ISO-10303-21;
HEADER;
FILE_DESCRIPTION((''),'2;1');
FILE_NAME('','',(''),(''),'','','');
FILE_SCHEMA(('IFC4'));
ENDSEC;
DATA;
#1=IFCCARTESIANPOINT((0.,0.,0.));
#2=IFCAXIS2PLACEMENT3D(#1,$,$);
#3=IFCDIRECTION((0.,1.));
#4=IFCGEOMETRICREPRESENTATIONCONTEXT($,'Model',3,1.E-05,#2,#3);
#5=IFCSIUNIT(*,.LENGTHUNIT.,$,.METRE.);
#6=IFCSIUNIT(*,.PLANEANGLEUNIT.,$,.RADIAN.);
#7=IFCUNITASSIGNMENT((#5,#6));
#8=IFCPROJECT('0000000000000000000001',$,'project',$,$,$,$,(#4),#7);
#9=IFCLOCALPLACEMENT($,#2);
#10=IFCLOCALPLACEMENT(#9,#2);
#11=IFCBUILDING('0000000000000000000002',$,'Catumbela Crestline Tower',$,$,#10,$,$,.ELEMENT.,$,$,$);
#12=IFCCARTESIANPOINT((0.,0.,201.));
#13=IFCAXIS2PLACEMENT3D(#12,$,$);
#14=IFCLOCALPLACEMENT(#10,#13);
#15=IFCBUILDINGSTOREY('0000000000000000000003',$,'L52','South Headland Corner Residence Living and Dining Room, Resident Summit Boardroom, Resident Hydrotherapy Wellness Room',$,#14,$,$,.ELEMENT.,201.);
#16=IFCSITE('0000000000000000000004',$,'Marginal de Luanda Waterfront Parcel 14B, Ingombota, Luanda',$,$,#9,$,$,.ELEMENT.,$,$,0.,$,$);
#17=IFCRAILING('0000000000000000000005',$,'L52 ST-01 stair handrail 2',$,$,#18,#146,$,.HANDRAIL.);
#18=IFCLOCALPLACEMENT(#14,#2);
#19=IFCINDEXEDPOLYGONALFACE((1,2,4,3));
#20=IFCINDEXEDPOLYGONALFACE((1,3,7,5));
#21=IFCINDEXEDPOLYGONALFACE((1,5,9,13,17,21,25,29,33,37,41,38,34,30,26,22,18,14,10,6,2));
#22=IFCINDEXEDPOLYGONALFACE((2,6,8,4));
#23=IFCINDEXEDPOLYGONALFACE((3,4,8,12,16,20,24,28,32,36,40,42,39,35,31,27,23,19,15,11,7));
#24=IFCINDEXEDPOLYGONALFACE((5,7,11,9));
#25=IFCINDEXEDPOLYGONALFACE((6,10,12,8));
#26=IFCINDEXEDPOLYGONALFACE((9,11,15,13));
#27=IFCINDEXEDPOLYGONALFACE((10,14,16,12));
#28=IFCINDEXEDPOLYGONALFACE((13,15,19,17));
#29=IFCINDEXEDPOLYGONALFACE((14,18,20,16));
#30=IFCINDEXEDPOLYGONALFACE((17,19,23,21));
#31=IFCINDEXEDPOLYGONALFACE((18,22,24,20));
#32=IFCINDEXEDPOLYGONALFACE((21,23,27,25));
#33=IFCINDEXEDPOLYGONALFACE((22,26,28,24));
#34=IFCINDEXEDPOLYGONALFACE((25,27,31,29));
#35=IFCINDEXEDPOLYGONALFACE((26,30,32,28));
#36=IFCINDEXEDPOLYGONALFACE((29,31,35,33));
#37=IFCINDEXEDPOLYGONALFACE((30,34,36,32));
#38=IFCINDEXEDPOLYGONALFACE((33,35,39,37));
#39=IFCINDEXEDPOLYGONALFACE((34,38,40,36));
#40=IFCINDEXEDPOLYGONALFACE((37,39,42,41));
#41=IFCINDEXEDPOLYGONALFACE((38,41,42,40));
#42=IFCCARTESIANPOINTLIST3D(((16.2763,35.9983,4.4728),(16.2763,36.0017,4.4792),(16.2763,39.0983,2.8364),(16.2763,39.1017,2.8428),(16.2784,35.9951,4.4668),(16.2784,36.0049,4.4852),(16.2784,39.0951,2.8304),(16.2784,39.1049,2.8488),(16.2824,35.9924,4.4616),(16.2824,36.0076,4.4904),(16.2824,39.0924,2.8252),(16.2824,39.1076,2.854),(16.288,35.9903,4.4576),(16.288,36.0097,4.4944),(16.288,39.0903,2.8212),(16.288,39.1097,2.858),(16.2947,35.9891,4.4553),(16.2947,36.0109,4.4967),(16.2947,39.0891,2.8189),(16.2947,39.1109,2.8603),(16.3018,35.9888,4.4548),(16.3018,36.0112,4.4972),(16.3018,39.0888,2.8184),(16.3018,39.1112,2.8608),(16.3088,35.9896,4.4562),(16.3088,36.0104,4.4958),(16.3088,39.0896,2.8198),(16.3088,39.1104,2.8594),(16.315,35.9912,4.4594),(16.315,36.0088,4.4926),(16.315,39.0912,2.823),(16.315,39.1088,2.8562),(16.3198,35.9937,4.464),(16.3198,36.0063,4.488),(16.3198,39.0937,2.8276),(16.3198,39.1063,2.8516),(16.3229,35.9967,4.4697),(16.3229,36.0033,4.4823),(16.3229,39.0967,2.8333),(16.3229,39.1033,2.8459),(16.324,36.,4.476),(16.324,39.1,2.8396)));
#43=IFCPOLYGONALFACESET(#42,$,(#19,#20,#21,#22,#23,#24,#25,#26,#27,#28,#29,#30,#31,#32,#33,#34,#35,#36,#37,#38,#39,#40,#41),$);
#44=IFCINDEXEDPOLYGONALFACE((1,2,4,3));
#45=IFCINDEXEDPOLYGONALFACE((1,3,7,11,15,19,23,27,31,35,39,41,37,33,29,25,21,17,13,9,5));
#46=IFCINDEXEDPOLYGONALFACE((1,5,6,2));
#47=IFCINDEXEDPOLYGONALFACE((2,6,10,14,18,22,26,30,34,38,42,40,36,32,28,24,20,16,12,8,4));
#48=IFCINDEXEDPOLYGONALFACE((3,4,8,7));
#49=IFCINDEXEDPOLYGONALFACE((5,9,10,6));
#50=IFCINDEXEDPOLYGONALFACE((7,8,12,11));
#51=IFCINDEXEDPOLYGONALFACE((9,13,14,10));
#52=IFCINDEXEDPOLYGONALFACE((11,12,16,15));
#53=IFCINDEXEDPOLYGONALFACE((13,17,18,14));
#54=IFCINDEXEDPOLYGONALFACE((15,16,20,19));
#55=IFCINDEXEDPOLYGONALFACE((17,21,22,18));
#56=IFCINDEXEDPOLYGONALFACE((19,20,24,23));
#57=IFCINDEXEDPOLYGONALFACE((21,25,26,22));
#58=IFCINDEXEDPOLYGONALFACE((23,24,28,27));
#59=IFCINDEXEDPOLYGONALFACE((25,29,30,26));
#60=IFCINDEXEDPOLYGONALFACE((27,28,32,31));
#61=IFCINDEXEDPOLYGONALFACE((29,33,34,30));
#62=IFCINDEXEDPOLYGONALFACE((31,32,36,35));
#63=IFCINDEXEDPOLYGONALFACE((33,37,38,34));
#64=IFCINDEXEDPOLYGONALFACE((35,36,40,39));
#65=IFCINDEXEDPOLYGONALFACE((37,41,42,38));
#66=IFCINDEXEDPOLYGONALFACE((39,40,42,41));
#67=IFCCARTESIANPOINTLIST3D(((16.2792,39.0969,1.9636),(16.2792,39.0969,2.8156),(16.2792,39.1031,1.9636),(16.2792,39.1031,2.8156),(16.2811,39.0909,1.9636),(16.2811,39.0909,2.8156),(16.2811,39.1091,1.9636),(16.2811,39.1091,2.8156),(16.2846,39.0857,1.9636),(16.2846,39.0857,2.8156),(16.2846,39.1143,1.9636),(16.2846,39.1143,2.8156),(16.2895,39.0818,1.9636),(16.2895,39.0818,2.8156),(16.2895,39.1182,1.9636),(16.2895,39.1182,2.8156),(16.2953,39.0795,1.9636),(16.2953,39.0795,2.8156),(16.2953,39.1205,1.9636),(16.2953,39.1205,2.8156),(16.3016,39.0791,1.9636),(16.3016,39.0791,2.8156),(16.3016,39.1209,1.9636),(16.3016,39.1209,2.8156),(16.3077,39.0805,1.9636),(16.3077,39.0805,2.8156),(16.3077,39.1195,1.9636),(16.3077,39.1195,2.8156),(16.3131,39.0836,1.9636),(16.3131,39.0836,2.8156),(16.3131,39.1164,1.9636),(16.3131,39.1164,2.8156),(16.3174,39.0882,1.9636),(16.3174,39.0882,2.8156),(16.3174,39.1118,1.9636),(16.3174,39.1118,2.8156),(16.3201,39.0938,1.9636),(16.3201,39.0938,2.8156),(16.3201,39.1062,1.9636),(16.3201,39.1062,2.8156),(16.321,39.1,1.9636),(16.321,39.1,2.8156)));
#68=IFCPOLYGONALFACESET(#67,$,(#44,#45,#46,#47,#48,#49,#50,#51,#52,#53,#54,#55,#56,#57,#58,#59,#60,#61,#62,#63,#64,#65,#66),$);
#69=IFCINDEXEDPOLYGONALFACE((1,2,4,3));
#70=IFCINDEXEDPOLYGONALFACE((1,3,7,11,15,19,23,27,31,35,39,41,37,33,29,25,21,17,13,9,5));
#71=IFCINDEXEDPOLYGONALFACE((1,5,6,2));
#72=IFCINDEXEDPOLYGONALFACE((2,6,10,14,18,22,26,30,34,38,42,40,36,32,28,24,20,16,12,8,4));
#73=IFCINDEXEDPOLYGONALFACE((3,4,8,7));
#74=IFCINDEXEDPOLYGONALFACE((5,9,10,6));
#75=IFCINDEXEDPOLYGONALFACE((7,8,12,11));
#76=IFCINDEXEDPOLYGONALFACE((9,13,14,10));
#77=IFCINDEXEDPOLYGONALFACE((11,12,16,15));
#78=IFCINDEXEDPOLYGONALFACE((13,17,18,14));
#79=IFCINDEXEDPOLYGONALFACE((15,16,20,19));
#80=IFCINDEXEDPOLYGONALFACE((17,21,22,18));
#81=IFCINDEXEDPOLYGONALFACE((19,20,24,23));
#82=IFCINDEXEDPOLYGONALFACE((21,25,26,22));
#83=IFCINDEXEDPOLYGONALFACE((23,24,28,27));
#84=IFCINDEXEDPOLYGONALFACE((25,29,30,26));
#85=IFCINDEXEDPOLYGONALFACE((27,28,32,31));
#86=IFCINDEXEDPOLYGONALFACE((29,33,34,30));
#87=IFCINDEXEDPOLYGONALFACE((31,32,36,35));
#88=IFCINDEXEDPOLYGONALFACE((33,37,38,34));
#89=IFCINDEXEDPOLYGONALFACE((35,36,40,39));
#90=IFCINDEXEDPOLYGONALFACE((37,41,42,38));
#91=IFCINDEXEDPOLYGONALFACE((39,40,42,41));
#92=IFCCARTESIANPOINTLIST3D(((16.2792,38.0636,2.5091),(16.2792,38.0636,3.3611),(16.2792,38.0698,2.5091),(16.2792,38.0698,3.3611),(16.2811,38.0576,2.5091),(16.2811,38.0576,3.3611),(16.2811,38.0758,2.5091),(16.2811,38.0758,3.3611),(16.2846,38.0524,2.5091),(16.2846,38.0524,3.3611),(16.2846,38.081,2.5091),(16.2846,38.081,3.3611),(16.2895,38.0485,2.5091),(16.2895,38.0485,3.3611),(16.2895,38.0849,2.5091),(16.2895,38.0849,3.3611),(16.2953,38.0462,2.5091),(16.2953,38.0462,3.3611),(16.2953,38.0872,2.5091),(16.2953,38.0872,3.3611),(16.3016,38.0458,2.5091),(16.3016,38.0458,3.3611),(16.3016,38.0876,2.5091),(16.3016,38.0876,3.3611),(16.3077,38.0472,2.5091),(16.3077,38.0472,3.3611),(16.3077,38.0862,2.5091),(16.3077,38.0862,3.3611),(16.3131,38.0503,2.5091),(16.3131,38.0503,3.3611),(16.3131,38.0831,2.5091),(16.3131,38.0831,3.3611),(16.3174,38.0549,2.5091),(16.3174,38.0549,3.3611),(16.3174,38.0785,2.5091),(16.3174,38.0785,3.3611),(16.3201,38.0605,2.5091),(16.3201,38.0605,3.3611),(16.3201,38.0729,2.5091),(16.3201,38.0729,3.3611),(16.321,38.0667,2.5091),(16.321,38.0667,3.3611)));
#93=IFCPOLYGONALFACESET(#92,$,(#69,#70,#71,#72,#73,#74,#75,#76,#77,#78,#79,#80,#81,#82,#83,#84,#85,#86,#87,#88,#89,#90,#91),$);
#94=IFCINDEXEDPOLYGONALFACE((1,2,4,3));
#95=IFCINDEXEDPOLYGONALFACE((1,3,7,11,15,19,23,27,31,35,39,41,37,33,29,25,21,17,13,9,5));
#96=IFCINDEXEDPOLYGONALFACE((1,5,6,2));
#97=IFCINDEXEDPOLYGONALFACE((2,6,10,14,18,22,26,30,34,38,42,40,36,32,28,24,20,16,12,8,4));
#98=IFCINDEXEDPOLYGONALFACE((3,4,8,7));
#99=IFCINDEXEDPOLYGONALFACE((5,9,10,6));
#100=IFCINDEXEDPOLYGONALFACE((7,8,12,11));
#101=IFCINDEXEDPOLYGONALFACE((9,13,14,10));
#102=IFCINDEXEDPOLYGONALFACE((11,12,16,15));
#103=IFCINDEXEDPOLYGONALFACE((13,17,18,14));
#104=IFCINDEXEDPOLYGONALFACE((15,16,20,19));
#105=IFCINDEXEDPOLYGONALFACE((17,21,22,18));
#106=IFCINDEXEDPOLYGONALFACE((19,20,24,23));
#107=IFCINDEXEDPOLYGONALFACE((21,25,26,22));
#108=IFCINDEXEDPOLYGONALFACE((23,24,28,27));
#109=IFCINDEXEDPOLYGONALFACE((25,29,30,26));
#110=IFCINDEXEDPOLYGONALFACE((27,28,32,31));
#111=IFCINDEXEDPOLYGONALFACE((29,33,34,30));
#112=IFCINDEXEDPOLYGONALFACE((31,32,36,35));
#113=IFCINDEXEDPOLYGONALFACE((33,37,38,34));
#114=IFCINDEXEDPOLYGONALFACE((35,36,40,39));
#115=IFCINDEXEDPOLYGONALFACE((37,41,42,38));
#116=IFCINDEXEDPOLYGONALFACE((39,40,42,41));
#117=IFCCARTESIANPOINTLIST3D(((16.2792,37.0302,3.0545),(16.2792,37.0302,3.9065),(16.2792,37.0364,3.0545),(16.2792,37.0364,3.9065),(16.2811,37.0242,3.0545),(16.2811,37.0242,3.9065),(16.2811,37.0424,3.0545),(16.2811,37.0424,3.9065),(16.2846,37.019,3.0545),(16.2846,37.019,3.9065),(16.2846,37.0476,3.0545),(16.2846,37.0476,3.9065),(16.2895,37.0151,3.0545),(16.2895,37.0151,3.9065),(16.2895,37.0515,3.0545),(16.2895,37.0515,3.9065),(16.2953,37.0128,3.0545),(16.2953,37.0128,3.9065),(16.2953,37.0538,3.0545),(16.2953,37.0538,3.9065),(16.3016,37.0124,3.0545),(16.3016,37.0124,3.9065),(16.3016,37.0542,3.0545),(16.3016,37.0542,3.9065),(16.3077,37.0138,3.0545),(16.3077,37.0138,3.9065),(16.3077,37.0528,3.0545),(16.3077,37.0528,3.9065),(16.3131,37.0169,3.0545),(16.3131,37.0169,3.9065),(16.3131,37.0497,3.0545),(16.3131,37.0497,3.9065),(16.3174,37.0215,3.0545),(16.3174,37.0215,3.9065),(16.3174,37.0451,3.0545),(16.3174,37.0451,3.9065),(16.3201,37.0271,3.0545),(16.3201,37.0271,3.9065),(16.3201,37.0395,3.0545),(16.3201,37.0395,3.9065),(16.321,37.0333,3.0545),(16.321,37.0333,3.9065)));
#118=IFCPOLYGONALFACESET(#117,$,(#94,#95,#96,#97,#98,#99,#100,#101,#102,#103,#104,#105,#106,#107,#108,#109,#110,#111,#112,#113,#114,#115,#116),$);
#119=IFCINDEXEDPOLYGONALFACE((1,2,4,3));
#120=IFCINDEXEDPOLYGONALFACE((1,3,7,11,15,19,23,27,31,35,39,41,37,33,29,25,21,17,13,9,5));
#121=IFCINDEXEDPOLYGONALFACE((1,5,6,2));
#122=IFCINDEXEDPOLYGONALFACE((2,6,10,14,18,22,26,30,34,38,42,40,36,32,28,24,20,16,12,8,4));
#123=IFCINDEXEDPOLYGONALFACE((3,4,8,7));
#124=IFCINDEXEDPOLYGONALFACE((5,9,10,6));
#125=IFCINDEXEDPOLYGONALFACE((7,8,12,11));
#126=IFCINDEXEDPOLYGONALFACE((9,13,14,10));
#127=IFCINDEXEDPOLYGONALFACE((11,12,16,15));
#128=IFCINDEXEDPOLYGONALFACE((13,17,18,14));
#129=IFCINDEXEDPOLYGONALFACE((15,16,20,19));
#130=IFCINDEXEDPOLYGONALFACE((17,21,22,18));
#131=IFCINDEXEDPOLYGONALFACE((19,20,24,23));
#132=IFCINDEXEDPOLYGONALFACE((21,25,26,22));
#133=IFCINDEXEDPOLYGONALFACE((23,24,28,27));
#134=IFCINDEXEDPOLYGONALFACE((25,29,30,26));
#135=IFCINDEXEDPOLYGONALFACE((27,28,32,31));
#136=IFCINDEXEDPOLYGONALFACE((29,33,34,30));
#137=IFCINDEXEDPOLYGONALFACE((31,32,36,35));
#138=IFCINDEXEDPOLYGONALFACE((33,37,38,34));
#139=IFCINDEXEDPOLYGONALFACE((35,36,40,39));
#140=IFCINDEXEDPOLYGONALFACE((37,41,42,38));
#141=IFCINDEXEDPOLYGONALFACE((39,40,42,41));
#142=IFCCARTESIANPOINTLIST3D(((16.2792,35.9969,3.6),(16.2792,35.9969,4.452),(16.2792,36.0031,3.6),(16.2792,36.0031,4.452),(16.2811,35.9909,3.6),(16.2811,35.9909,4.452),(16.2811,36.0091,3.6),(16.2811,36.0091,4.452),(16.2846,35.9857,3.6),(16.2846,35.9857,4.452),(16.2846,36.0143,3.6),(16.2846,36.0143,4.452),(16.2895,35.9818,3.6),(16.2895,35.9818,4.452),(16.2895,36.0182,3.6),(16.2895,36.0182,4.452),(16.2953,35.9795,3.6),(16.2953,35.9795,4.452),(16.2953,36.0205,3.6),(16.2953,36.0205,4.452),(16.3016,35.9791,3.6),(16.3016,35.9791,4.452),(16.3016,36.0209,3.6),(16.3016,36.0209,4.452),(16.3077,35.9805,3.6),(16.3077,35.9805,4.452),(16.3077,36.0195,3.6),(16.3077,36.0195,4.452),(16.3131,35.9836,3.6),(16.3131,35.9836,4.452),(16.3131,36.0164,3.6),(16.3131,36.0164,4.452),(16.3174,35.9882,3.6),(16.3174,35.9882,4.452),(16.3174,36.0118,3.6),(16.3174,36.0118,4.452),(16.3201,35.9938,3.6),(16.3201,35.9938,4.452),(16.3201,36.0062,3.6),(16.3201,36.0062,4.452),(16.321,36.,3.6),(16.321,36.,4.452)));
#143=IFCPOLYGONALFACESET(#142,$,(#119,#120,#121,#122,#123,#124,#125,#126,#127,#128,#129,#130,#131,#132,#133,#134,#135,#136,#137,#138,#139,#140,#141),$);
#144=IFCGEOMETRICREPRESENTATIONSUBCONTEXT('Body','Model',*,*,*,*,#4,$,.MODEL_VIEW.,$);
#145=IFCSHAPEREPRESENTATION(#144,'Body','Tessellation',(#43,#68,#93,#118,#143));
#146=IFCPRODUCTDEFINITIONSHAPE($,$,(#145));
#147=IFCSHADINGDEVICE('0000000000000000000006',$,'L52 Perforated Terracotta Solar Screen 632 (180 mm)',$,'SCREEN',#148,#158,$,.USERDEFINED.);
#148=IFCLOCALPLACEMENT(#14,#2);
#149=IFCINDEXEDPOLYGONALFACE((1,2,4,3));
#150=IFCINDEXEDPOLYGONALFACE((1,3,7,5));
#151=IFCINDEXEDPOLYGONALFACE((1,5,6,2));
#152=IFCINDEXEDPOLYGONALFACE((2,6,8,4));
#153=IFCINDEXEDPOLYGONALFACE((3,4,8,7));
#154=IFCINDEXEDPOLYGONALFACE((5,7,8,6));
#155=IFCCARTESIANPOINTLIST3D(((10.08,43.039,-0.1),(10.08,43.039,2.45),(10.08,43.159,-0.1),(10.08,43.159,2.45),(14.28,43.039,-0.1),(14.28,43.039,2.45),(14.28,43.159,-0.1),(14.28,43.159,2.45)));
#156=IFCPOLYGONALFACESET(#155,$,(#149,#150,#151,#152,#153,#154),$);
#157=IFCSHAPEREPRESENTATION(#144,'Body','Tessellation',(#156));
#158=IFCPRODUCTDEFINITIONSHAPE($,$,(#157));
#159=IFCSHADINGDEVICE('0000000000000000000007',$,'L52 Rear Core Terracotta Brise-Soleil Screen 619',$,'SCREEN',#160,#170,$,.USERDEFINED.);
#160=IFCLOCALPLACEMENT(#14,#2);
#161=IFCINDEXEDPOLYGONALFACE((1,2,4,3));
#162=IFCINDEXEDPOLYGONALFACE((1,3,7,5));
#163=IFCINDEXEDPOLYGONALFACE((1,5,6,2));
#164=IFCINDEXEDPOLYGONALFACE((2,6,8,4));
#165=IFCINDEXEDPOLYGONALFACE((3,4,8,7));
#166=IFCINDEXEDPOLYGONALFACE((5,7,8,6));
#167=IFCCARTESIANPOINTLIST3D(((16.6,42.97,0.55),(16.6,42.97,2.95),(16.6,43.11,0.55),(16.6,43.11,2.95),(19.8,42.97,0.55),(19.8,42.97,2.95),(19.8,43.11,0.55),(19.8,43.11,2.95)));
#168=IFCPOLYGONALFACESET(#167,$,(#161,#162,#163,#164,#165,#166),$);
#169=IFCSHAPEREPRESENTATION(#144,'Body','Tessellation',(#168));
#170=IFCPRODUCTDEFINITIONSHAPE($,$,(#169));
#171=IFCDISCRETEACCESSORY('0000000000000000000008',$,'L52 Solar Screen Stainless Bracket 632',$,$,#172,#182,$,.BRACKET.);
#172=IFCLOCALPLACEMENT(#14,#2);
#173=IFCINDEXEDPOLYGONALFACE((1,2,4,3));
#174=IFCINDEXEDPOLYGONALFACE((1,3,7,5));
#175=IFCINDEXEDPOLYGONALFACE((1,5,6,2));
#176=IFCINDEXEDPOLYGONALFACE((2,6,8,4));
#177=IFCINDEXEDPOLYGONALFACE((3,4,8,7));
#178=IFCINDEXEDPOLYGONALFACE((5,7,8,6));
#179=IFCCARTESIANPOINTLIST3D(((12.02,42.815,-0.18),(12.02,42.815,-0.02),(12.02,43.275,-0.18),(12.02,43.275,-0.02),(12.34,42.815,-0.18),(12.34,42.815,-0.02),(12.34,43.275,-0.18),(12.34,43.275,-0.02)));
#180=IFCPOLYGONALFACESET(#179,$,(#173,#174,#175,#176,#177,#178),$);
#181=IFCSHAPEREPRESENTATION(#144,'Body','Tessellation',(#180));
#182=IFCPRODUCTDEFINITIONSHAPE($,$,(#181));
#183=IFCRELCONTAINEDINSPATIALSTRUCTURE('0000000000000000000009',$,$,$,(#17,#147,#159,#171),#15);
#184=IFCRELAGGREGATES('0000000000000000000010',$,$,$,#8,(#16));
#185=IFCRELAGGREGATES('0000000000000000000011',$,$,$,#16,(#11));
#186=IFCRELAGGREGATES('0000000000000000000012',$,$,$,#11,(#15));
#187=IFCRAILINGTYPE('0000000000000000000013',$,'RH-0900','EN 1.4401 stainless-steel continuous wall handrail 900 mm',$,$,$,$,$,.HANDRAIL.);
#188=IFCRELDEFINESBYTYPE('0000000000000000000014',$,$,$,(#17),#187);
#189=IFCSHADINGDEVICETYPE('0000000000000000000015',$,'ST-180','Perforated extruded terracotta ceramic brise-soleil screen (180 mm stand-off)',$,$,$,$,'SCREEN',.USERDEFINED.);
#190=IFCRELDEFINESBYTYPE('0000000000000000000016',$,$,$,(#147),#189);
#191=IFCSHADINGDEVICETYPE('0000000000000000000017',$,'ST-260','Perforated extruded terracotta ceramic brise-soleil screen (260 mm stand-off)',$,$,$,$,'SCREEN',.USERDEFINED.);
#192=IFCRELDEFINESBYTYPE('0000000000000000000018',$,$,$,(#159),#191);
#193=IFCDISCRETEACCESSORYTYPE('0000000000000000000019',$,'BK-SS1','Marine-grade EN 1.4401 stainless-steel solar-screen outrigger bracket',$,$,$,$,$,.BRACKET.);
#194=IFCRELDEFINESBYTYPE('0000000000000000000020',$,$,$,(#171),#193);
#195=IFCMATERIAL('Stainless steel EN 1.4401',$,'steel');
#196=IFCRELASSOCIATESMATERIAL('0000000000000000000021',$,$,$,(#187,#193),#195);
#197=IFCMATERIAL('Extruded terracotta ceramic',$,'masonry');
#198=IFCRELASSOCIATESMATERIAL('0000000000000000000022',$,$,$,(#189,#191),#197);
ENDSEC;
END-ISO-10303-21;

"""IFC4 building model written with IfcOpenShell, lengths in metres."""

from ifc_helpers import new_model, si_unit, direction, frame, origin, origin_2d, place, context, subcontext, project, spatial, rectangle, circle, extrude, material, type_object, element, save


model = new_model("IFC4")

# Units and contexts
model_context = context("Model", 3, precision=1e-05, world=origin(), true_north=direction((0.0, 1.0)))
body_context = subcontext(model_context, "Body", "Model", "MODEL_VIEW")
ifc_project = project(units=[si_unit("LENGTHUNIT", "METRE"), si_unit("PLANEANGLEUNIT", "RADIAN")], contexts=[model_context])

# Site, building, storey
site_placement = place(None, origin())
site = spatial("IfcSite", under=ifc_project, at=site_placement, Name="Marginal de Luanda Waterfront Parcel 14B, Ingombota, Luanda", CompositionType="ELEMENT", RefElevation=0.0)
building_placement = place(site_placement, origin())
building = spatial("IfcBuilding", under=site, at=building_placement, Name="Catumbela Crestline Tower", CompositionType="ELEMENT")
storey_placement = place(building_placement, frame((0.0, 0.0, 201.0)))
storey = spatial("IfcBuildingStorey", under=building, at=storey_placement, Name="L52", Description="South Headland Corner Residence Living and Dining Room, Resident Summit Boardroom, Resident Hydrotherapy Wellness Room", CompositionType="ELEMENT", Elevation=201.0)

# Shared definitions
ifc_material_1 = material(Name="Stainless steel EN 1.4401", Category="steel")

# Railing
railing_type_1 = type_object("IfcRailingType", Name="RH-0900", Description="EN 1.4401 stainless-steel continuous wall handrail 900 mm", PredefinedType="HANDRAIL", material=ifc_material_1)
railing_1_placement = place(storey_placement, frame((16.3, 39.1, 1.9636)))
element("IfcRailing", 1, at=railing_1_placement, inside=storey, type_object=railing_type_1, Name="L52 ST-01 stair handrail 2", PredefinedType="HANDRAIL", context=body_context, shape_type="SweptSolid", body=[
    extrude(circle(Radius=0.024, at=origin_2d()), frame((0.0, 0.0, 0.876), z_axis=(0.0, -0.884351, 0.466823), x_axis=(1.0, 0.0, 0.0)), (0.0, 0.0, 1.0), 3.5054),
    extrude(circle(Radius=0.021, at=origin_2d()), origin(), (0.0, 0.0, 1.0), 0.852),
    extrude(circle(Radius=0.021, at=origin_2d()), frame((0.0, -1.0333, 0.5455)), (0.0, 0.0, 1.0), 0.852),
    extrude(circle(Radius=0.021, at=origin_2d()), frame((0.0, -2.0667, 1.0909)), (0.0, 0.0, 1.0), 0.852),
    extrude(circle(Radius=0.021, at=origin_2d()), frame((0.0, -3.1, 1.6364)), (0.0, 0.0, 1.0), 0.852),
])

# Shading devices
ifc_material_2 = material(Name="Extruded terracotta ceramic", Category="masonry")
shading_device_type_1 = type_object("IfcShadingDeviceType", Name="ST-180", Description="Perforated extruded terracotta ceramic brise-soleil screen (180 mm stand-off)", ElementType="SCREEN", PredefinedType="USERDEFINED", material=ifc_material_2)
shading_device_1_placement = place(storey_placement, frame((12.18, 43.099, -0.1), z_axis=(0.0, 0.0, 1.0), x_axis=(-1.0, 0.0, 0.0)))
element("IfcShadingDevice", 2, at=shading_device_1_placement, inside=storey, type_object=shading_device_type_1, Name="L52 Perforated Terracotta Solar Screen 632 (180 mm)", ObjectType="SCREEN", PredefinedType="USERDEFINED", context=body_context, shape_type="SweptSolid", body=[
    extrude(rectangle(XDim=4.2, YDim=0.12, at=origin_2d()), origin(), (0.0, 0.0, 1.0), 2.55),
])
shading_device_type_2 = type_object("IfcShadingDeviceType", Name="ST-260", Description="Perforated extruded terracotta ceramic brise-soleil screen (260 mm stand-off)", ElementType="SCREEN", PredefinedType="USERDEFINED", material=ifc_material_2)
shading_device_2_placement = place(storey_placement, frame((18.2, 43.04, 0.55), z_axis=(0.0, 0.0, 1.0), x_axis=(1.0, 0.0, 0.0)))
element("IfcShadingDevice", 3, at=shading_device_2_placement, inside=storey, type_object=shading_device_type_2, Name="L52 Rear Core Terracotta Brise-Soleil Screen 619", ObjectType="SCREEN", PredefinedType="USERDEFINED", context=body_context, shape_type="SweptSolid", body=[
    extrude(rectangle(XDim=3.2, YDim=0.14, at=origin_2d()), origin(), (0.0, 0.0, 1.0), 2.4),
])

# Discrete accessory
discrete_accessory_type = type_object("IfcDiscreteAccessoryType", Name="BK-SS1", Description="Marine-grade EN 1.4401 stainless-steel solar-screen outrigger bracket", PredefinedType="BRACKET", material=ifc_material_1)
discrete_accessory_placement = place(storey_placement, frame((12.18, 43.045, -0.18), z_axis=(0.0, 0.0, 1.0), x_axis=(-1.0, 0.0, 0.0)))
element("IfcDiscreteAccessory", 4, at=discrete_accessory_placement, inside=storey, type_object=discrete_accessory_type, Name="L52 Solar Screen Stainless Bracket 632", PredefinedType="BRACKET", context=body_context, shape_type="SweptSolid", body=[
    extrude(rectangle(XDim=0.32, YDim=0.46, at=origin_2d()), origin(), (0.0, 0.0, 1.0), 0.16),
])

save(model, "model.ifc")
